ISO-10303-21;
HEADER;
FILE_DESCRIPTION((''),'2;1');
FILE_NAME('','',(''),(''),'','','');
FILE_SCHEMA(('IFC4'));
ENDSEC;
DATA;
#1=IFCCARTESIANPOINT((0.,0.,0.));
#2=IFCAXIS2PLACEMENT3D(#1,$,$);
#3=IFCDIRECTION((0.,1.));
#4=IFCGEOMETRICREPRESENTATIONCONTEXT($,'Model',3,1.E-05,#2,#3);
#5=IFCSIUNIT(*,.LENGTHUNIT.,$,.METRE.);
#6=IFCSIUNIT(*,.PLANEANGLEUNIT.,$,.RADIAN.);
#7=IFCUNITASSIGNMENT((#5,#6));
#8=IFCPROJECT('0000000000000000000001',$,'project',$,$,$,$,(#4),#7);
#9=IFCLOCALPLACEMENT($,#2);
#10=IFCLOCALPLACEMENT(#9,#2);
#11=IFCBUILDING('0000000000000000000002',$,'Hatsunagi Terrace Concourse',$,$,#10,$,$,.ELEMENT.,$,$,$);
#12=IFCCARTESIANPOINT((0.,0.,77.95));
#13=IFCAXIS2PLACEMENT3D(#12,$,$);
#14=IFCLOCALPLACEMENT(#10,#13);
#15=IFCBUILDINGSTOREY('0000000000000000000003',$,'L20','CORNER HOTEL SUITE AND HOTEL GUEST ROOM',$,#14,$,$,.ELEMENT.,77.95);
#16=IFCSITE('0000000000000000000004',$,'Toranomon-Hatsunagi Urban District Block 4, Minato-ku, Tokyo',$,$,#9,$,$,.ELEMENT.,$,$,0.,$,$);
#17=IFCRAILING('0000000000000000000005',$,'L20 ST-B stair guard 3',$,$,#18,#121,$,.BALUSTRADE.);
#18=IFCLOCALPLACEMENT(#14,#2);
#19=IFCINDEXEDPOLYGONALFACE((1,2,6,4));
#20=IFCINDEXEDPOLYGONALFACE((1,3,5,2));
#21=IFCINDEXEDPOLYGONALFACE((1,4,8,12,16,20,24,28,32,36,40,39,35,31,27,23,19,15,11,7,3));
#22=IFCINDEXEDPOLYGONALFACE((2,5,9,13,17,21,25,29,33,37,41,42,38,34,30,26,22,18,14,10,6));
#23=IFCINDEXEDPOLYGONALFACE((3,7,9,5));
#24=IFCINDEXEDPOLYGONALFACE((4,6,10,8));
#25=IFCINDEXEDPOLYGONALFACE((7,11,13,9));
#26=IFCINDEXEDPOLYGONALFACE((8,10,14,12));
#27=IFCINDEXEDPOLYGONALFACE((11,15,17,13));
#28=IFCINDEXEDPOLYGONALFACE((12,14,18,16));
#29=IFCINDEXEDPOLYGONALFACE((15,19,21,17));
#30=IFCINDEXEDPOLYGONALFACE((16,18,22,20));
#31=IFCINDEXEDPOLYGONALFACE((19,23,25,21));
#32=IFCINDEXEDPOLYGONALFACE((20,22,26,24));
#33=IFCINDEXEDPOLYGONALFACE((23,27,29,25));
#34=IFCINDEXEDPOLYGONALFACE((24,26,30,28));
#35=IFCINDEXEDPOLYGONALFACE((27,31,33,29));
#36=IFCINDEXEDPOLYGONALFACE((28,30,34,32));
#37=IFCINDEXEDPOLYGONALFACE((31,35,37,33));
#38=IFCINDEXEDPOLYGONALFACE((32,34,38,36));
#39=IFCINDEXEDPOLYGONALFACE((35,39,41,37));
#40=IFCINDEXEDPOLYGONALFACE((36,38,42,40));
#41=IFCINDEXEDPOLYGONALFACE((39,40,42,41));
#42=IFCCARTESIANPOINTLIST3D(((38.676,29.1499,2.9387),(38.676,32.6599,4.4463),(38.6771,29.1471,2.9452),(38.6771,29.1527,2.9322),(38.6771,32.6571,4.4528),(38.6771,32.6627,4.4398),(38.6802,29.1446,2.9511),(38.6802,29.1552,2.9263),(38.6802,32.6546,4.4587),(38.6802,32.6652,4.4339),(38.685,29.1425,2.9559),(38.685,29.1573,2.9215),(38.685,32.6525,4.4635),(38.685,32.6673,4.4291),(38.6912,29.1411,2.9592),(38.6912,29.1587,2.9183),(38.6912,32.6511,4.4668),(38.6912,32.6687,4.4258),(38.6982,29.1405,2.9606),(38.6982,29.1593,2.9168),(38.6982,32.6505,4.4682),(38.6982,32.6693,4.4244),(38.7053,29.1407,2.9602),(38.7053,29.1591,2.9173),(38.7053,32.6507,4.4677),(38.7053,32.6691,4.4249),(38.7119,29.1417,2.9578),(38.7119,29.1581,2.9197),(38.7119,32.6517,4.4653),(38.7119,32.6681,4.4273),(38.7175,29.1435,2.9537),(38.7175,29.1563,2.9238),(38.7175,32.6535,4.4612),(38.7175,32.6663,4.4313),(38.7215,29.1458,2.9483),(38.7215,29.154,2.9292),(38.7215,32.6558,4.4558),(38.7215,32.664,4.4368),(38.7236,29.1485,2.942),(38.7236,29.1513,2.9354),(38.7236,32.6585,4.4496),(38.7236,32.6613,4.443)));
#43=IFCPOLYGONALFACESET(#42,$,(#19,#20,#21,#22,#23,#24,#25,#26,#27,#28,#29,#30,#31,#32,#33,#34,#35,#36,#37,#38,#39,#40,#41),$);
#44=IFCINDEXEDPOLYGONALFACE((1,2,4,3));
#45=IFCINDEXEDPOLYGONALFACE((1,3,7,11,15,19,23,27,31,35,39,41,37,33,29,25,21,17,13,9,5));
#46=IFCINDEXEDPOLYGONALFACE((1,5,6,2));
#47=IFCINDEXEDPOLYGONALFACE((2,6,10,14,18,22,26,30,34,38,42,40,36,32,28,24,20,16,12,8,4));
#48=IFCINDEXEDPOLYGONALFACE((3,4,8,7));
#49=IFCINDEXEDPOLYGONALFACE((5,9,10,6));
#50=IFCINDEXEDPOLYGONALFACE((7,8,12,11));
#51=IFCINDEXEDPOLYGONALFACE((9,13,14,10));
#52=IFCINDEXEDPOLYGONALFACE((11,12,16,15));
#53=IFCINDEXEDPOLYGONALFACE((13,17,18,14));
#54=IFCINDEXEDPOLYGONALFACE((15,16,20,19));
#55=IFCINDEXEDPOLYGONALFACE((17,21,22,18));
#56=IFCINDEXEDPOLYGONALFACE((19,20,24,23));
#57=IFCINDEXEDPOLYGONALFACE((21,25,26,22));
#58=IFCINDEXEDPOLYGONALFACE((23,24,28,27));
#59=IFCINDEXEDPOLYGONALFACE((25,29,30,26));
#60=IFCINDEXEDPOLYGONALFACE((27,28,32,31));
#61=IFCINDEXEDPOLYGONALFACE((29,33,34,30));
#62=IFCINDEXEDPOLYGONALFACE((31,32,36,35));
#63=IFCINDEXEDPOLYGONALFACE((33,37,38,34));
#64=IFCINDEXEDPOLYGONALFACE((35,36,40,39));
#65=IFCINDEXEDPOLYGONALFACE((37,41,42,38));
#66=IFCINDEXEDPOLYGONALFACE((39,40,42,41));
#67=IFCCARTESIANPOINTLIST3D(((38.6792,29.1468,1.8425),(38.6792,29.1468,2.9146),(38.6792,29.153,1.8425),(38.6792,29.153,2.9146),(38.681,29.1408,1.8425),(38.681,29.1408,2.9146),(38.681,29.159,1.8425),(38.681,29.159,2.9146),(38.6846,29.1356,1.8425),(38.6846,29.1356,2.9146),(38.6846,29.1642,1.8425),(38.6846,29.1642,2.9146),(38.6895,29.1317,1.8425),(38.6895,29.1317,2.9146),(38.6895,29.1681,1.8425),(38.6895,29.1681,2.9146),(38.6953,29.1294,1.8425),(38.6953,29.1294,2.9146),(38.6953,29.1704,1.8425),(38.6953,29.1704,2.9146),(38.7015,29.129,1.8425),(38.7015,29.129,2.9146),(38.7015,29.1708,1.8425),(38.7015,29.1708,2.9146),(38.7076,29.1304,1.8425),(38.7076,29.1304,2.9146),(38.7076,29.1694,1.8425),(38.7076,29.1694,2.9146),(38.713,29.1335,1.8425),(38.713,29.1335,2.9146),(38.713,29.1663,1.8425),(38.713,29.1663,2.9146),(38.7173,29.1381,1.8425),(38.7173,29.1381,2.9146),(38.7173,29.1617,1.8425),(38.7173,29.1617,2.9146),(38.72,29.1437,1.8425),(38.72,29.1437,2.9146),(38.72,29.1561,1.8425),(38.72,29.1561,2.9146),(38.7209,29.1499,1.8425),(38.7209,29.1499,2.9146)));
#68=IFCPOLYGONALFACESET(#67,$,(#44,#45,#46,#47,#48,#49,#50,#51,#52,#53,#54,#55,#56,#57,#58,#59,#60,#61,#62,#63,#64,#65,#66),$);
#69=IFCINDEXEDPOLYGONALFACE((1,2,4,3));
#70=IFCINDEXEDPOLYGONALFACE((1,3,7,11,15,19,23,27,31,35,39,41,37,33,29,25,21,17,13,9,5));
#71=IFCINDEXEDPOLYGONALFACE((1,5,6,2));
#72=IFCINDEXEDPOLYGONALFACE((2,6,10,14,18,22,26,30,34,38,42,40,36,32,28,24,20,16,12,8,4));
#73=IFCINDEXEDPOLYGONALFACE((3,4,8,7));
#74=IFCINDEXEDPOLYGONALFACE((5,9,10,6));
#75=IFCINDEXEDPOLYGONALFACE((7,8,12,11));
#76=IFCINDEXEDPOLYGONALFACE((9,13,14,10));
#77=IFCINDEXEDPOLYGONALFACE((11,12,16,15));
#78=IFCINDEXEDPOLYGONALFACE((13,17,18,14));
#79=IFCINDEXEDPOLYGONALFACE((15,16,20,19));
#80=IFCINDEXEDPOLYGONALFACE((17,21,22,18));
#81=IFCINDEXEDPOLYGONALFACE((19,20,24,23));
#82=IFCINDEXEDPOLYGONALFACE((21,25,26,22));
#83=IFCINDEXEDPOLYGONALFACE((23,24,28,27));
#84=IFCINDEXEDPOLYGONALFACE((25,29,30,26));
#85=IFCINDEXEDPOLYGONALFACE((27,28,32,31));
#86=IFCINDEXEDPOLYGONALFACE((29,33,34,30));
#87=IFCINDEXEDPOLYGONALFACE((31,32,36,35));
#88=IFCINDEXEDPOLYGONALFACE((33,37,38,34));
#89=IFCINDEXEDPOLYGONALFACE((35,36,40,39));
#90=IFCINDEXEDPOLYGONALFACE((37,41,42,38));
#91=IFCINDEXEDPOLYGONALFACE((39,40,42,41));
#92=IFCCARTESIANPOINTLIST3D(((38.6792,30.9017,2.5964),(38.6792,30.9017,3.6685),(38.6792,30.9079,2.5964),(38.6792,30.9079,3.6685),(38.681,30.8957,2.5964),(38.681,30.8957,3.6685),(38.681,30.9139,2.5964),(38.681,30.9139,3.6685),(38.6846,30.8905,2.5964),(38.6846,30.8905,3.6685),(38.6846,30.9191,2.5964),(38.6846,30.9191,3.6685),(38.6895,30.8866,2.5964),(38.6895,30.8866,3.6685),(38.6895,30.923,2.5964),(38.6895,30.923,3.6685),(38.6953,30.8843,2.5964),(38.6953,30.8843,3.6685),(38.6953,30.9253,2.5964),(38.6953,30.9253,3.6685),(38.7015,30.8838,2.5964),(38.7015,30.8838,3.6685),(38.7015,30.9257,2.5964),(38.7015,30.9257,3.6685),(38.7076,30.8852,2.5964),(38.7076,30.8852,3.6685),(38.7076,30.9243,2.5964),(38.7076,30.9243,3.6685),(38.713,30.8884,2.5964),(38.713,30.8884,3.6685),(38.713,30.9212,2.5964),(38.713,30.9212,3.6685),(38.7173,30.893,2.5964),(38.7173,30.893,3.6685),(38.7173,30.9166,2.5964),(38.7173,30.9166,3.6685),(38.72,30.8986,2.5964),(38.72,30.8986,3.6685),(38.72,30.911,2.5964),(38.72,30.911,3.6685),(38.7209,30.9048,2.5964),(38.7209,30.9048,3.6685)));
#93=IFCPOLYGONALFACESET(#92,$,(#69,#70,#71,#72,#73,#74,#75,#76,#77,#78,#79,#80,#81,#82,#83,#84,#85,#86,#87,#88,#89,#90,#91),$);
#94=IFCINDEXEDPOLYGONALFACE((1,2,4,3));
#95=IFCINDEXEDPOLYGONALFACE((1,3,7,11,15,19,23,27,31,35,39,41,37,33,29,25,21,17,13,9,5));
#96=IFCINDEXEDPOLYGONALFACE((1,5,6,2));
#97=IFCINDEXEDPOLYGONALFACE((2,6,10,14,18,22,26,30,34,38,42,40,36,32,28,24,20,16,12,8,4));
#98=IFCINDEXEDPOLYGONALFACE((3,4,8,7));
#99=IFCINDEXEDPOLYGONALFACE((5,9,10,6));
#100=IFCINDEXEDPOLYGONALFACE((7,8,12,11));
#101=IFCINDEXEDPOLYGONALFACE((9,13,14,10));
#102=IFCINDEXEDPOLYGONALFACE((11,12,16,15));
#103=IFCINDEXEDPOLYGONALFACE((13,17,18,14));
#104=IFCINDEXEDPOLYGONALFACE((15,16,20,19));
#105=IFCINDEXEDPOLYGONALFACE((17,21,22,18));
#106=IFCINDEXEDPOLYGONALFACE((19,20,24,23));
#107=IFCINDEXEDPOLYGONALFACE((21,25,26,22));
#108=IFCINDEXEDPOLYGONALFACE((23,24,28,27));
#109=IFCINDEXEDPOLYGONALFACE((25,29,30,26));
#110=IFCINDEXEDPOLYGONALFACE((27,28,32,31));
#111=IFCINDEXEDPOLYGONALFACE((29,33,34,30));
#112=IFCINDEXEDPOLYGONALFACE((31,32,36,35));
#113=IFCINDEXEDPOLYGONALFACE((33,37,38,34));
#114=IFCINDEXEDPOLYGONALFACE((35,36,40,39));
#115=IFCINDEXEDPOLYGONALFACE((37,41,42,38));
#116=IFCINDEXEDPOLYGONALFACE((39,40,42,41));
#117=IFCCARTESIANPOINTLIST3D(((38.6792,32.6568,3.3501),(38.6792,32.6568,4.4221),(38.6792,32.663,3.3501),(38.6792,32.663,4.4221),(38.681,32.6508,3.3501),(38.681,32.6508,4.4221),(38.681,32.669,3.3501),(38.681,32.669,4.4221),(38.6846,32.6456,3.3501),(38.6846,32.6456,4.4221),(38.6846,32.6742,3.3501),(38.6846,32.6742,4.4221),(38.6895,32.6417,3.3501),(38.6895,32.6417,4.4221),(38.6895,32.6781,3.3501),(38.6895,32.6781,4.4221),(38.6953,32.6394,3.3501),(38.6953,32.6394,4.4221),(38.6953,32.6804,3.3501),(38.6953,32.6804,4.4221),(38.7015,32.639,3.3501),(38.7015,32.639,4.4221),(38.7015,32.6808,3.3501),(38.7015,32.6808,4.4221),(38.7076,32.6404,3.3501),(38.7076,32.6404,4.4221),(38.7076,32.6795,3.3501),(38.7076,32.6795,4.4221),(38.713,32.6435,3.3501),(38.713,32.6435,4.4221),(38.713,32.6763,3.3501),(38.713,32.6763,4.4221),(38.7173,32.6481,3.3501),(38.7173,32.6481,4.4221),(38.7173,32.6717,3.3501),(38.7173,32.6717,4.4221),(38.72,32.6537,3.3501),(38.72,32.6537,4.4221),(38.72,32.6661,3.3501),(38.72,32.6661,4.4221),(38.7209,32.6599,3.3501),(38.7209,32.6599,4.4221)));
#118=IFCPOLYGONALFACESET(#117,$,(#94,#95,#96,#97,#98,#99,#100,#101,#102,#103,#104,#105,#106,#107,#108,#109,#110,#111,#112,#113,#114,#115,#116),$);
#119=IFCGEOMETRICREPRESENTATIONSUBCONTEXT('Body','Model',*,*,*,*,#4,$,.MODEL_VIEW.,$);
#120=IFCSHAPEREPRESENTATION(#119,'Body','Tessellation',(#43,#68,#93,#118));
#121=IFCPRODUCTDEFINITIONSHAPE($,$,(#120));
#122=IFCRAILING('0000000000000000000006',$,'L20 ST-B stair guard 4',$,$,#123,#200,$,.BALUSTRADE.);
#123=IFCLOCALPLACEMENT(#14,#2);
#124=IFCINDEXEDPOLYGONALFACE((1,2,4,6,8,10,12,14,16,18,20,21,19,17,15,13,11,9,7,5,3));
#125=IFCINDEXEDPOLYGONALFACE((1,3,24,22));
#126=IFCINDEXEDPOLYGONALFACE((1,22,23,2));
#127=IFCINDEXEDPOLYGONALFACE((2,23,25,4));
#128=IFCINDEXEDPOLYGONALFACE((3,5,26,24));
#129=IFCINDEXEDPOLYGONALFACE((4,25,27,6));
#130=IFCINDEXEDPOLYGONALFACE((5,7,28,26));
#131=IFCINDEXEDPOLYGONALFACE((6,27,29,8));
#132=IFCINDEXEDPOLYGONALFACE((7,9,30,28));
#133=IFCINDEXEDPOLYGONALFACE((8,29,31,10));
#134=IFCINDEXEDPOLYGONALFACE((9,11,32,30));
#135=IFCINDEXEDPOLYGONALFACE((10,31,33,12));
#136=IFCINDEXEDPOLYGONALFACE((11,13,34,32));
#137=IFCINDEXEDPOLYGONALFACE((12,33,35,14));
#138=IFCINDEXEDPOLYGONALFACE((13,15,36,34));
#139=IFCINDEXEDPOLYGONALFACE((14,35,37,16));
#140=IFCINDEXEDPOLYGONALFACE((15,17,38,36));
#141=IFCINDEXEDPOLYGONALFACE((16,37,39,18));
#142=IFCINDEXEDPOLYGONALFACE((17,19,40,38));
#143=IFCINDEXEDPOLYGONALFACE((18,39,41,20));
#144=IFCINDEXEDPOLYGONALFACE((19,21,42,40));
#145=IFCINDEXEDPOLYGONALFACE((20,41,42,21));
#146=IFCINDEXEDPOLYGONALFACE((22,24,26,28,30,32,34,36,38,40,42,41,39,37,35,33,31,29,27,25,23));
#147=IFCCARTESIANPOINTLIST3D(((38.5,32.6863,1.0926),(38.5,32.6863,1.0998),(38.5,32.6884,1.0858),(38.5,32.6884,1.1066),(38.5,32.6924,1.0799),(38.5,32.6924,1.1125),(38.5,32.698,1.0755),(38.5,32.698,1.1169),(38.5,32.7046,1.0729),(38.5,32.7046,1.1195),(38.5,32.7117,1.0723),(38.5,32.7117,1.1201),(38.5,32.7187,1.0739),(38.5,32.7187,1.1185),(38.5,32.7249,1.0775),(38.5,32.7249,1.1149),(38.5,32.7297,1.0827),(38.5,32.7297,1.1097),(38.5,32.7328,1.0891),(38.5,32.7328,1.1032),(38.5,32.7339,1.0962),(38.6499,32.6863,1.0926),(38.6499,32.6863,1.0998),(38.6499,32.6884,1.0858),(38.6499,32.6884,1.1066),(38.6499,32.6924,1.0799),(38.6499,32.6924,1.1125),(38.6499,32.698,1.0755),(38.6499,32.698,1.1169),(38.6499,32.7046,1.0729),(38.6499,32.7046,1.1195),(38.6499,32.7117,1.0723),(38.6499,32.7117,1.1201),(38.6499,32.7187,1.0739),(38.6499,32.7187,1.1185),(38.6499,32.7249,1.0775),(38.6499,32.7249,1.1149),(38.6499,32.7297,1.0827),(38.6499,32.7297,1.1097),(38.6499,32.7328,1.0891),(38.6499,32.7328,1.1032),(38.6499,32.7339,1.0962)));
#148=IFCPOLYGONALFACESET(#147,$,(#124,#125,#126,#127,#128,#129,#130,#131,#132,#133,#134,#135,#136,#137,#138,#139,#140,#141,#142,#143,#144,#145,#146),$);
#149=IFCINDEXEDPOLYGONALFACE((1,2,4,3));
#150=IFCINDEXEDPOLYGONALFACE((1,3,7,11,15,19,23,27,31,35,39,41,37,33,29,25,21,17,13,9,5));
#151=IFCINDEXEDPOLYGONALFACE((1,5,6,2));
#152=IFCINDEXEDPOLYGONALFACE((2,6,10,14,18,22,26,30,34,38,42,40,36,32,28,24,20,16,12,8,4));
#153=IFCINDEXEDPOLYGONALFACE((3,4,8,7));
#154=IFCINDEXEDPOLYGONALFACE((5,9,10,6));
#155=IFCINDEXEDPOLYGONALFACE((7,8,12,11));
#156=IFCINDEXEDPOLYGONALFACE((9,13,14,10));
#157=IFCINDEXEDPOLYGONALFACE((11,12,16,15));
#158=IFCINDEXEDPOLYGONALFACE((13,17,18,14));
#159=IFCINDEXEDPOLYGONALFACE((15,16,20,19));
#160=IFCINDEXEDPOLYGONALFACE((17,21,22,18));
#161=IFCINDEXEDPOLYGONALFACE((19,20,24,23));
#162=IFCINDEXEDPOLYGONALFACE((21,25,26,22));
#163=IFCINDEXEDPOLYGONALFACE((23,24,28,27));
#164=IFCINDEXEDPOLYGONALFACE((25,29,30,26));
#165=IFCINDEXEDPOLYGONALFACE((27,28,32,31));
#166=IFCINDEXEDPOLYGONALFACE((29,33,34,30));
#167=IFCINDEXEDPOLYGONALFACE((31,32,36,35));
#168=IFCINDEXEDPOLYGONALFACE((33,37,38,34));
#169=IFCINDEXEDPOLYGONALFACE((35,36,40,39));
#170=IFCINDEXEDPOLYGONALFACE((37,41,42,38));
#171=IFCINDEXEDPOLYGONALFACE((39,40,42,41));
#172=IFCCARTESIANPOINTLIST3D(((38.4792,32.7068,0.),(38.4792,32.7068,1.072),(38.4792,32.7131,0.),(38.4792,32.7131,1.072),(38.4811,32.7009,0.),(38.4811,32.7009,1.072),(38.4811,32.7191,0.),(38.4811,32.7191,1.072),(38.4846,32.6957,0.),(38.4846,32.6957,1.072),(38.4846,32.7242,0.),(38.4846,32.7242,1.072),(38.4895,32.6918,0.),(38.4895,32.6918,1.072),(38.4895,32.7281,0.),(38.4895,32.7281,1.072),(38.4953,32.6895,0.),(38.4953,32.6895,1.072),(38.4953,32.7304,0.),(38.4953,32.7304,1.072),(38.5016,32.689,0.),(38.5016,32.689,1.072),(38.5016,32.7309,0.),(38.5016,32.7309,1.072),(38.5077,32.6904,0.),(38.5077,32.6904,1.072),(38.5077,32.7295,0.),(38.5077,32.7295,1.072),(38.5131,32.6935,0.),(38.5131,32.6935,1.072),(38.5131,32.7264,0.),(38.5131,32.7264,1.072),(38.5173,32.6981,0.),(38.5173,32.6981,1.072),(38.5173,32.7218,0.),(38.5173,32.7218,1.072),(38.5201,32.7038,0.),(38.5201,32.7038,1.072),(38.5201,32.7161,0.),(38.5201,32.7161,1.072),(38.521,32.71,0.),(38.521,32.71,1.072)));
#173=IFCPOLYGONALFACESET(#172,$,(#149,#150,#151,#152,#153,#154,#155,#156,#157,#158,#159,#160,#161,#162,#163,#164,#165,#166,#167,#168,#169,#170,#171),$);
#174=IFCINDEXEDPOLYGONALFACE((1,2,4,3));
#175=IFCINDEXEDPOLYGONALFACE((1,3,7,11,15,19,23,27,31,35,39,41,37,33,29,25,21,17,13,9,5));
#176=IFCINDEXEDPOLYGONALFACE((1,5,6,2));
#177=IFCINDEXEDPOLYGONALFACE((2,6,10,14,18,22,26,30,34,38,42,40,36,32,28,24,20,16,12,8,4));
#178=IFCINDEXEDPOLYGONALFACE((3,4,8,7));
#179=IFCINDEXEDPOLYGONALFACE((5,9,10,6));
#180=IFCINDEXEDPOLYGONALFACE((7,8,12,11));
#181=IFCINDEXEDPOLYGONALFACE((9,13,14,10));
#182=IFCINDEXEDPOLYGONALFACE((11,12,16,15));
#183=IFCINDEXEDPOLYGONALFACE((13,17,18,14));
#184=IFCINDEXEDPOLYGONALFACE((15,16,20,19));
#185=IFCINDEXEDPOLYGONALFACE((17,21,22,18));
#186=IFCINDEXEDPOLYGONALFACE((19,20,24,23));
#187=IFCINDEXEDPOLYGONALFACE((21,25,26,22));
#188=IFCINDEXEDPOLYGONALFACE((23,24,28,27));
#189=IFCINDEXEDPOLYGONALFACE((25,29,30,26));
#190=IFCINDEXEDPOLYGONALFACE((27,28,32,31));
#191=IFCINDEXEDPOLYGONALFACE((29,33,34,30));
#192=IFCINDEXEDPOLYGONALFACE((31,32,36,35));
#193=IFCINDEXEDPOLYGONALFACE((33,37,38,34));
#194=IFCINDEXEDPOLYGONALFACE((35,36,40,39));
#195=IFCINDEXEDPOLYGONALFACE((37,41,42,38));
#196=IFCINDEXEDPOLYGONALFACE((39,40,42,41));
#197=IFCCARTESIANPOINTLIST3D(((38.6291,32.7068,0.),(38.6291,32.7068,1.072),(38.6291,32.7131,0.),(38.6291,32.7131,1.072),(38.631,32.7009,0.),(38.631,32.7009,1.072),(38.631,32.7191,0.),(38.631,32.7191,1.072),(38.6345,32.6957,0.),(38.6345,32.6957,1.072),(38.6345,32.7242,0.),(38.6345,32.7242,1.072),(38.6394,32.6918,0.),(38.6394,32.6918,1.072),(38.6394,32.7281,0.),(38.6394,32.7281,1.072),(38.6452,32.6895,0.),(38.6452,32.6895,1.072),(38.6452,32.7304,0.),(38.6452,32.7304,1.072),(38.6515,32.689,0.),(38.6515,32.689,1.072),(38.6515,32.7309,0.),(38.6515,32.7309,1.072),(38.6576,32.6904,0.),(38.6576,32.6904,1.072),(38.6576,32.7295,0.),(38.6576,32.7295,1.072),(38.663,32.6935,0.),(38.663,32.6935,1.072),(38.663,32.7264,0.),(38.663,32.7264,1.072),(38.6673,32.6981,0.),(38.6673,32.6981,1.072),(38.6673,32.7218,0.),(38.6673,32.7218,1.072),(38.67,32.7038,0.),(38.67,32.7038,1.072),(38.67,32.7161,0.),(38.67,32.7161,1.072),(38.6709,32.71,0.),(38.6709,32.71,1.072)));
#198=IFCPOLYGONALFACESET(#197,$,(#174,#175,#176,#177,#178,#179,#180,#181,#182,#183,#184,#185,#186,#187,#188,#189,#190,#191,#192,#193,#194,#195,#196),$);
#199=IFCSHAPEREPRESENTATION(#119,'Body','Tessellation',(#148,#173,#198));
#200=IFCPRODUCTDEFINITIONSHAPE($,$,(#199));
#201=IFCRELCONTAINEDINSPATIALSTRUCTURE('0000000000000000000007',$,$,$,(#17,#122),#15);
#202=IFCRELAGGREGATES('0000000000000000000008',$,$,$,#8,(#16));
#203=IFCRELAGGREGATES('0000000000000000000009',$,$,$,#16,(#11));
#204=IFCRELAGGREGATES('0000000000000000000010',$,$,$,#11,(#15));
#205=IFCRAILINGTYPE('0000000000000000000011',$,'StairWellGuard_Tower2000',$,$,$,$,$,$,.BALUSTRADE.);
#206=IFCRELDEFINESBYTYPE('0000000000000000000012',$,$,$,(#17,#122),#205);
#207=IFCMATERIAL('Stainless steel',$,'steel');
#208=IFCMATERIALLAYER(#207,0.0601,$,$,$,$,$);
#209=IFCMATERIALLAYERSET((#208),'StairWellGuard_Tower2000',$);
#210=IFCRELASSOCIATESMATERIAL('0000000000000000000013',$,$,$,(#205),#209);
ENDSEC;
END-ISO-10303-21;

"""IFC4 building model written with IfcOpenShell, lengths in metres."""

from ifc_helpers import new_model, si_unit, direction, frame, origin, origin_2d, place, context, subcontext, project, spatial, circle, extrude, material, layer, layer_set, type_object, element, save


model = new_model("IFC4")

# Units and contexts
model_context = context("Model", 3, precision=1e-05, world=origin(), true_north=direction((0.0, 1.0)))
body_context = subcontext(model_context, "Body", "Model", "MODEL_VIEW")
ifc_project = project(units=[si_unit("LENGTHUNIT", "METRE"), si_unit("PLANEANGLEUNIT", "RADIAN")], contexts=[model_context])

# Site, building, storey
site_placement = place(None, origin())
site = spatial("IfcSite", under=ifc_project, at=site_placement, Name="Toranomon-Hatsunagi Urban District Block 4, Minato-ku, Tokyo", CompositionType="ELEMENT", RefElevation=0.0)
building_placement = place(site_placement, origin())
building = spatial("IfcBuilding", under=site, at=building_placement, Name="Hatsunagi Terrace Concourse", CompositionType="ELEMENT")
storey_placement = place(building_placement, frame((0.0, 0.0, 77.95)))
storey = spatial("IfcBuildingStorey", under=building, at=storey_placement, Name="L20", Description="CORNER HOTEL SUITE AND HOTEL GUEST ROOM", CompositionType="ELEMENT", Elevation=77.95)

# Railings
ifc_material_1 = material(Name="Stainless steel", Category="steel")
ifc_layer_1 = layer(ifc_material_1, 0.0601)
ifc_layer_set_1 = layer_set([ifc_layer_1], Name="StairWellGuard_Tower2000")
railing_type_1 = type_object("IfcRailingType", Name="StairWellGuard_Tower2000", PredefinedType="BALUSTRADE", material=ifc_layer_set_1)
railing_1_placement = place(storey_placement, frame((38.7, 29.1499, 1.8425)))
element("IfcRailing", 1, at=railing_1_placement, inside=storey, type_object=railing_type_1, Name="L20 ST-B stair guard 3", PredefinedType="BALUSTRADE", context=body_context, shape_type="SweptSolid", body=[
    extrude(circle(Radius=0.0239, at=origin_2d()), frame((0.0, 0.0, 1.0962), z_axis=(0.0, 0.918834, 0.394644), x_axis=(-1.0, 0.0, 0.0)), (0.0, 0.0, 1.0), 3.8201),
    extrude(circle(Radius=0.021, at=origin_2d()), origin(), (0.0, 0.0, 1.0), 1.072),
    extrude(circle(Radius=0.021, at=origin_2d()), frame((0.0, 1.7549, 0.7539)), (0.0, 0.0, 1.0), 1.072),
    extrude(circle(Radius=0.021, at=origin_2d()), frame((0.0, 3.51, 1.5076)), (0.0, 0.0, 1.0), 1.072),
])
railing_2_placement = place(storey_placement, frame((38.5, 32.71, 0.0)))
element("IfcRailing", 2, at=railing_2_placement, inside=storey, type_object=railing_type_1, Name="L20 ST-B stair guard 4", PredefinedType="BALUSTRADE", context=body_context, shape_type="SweptSolid", body=[
    extrude(circle(Radius=0.0239, at=origin_2d()), frame((0.0, 0.0, 1.0962), z_axis=(1.0, 0.0, 0.0), x_axis=(0.0, 1.0, 0.0)), (0.0, 0.0, 1.0), 0.1499),
    extrude(circle(Radius=0.021, at=origin_2d()), origin(), (0.0, 0.0, 1.0), 1.072),
    extrude(circle(Radius=0.021, at=origin_2d()), frame((0.1499, 0.0, 0.0)), (0.0, 0.0, 1.0), 1.072),
])

save(model, "model.ifc")
